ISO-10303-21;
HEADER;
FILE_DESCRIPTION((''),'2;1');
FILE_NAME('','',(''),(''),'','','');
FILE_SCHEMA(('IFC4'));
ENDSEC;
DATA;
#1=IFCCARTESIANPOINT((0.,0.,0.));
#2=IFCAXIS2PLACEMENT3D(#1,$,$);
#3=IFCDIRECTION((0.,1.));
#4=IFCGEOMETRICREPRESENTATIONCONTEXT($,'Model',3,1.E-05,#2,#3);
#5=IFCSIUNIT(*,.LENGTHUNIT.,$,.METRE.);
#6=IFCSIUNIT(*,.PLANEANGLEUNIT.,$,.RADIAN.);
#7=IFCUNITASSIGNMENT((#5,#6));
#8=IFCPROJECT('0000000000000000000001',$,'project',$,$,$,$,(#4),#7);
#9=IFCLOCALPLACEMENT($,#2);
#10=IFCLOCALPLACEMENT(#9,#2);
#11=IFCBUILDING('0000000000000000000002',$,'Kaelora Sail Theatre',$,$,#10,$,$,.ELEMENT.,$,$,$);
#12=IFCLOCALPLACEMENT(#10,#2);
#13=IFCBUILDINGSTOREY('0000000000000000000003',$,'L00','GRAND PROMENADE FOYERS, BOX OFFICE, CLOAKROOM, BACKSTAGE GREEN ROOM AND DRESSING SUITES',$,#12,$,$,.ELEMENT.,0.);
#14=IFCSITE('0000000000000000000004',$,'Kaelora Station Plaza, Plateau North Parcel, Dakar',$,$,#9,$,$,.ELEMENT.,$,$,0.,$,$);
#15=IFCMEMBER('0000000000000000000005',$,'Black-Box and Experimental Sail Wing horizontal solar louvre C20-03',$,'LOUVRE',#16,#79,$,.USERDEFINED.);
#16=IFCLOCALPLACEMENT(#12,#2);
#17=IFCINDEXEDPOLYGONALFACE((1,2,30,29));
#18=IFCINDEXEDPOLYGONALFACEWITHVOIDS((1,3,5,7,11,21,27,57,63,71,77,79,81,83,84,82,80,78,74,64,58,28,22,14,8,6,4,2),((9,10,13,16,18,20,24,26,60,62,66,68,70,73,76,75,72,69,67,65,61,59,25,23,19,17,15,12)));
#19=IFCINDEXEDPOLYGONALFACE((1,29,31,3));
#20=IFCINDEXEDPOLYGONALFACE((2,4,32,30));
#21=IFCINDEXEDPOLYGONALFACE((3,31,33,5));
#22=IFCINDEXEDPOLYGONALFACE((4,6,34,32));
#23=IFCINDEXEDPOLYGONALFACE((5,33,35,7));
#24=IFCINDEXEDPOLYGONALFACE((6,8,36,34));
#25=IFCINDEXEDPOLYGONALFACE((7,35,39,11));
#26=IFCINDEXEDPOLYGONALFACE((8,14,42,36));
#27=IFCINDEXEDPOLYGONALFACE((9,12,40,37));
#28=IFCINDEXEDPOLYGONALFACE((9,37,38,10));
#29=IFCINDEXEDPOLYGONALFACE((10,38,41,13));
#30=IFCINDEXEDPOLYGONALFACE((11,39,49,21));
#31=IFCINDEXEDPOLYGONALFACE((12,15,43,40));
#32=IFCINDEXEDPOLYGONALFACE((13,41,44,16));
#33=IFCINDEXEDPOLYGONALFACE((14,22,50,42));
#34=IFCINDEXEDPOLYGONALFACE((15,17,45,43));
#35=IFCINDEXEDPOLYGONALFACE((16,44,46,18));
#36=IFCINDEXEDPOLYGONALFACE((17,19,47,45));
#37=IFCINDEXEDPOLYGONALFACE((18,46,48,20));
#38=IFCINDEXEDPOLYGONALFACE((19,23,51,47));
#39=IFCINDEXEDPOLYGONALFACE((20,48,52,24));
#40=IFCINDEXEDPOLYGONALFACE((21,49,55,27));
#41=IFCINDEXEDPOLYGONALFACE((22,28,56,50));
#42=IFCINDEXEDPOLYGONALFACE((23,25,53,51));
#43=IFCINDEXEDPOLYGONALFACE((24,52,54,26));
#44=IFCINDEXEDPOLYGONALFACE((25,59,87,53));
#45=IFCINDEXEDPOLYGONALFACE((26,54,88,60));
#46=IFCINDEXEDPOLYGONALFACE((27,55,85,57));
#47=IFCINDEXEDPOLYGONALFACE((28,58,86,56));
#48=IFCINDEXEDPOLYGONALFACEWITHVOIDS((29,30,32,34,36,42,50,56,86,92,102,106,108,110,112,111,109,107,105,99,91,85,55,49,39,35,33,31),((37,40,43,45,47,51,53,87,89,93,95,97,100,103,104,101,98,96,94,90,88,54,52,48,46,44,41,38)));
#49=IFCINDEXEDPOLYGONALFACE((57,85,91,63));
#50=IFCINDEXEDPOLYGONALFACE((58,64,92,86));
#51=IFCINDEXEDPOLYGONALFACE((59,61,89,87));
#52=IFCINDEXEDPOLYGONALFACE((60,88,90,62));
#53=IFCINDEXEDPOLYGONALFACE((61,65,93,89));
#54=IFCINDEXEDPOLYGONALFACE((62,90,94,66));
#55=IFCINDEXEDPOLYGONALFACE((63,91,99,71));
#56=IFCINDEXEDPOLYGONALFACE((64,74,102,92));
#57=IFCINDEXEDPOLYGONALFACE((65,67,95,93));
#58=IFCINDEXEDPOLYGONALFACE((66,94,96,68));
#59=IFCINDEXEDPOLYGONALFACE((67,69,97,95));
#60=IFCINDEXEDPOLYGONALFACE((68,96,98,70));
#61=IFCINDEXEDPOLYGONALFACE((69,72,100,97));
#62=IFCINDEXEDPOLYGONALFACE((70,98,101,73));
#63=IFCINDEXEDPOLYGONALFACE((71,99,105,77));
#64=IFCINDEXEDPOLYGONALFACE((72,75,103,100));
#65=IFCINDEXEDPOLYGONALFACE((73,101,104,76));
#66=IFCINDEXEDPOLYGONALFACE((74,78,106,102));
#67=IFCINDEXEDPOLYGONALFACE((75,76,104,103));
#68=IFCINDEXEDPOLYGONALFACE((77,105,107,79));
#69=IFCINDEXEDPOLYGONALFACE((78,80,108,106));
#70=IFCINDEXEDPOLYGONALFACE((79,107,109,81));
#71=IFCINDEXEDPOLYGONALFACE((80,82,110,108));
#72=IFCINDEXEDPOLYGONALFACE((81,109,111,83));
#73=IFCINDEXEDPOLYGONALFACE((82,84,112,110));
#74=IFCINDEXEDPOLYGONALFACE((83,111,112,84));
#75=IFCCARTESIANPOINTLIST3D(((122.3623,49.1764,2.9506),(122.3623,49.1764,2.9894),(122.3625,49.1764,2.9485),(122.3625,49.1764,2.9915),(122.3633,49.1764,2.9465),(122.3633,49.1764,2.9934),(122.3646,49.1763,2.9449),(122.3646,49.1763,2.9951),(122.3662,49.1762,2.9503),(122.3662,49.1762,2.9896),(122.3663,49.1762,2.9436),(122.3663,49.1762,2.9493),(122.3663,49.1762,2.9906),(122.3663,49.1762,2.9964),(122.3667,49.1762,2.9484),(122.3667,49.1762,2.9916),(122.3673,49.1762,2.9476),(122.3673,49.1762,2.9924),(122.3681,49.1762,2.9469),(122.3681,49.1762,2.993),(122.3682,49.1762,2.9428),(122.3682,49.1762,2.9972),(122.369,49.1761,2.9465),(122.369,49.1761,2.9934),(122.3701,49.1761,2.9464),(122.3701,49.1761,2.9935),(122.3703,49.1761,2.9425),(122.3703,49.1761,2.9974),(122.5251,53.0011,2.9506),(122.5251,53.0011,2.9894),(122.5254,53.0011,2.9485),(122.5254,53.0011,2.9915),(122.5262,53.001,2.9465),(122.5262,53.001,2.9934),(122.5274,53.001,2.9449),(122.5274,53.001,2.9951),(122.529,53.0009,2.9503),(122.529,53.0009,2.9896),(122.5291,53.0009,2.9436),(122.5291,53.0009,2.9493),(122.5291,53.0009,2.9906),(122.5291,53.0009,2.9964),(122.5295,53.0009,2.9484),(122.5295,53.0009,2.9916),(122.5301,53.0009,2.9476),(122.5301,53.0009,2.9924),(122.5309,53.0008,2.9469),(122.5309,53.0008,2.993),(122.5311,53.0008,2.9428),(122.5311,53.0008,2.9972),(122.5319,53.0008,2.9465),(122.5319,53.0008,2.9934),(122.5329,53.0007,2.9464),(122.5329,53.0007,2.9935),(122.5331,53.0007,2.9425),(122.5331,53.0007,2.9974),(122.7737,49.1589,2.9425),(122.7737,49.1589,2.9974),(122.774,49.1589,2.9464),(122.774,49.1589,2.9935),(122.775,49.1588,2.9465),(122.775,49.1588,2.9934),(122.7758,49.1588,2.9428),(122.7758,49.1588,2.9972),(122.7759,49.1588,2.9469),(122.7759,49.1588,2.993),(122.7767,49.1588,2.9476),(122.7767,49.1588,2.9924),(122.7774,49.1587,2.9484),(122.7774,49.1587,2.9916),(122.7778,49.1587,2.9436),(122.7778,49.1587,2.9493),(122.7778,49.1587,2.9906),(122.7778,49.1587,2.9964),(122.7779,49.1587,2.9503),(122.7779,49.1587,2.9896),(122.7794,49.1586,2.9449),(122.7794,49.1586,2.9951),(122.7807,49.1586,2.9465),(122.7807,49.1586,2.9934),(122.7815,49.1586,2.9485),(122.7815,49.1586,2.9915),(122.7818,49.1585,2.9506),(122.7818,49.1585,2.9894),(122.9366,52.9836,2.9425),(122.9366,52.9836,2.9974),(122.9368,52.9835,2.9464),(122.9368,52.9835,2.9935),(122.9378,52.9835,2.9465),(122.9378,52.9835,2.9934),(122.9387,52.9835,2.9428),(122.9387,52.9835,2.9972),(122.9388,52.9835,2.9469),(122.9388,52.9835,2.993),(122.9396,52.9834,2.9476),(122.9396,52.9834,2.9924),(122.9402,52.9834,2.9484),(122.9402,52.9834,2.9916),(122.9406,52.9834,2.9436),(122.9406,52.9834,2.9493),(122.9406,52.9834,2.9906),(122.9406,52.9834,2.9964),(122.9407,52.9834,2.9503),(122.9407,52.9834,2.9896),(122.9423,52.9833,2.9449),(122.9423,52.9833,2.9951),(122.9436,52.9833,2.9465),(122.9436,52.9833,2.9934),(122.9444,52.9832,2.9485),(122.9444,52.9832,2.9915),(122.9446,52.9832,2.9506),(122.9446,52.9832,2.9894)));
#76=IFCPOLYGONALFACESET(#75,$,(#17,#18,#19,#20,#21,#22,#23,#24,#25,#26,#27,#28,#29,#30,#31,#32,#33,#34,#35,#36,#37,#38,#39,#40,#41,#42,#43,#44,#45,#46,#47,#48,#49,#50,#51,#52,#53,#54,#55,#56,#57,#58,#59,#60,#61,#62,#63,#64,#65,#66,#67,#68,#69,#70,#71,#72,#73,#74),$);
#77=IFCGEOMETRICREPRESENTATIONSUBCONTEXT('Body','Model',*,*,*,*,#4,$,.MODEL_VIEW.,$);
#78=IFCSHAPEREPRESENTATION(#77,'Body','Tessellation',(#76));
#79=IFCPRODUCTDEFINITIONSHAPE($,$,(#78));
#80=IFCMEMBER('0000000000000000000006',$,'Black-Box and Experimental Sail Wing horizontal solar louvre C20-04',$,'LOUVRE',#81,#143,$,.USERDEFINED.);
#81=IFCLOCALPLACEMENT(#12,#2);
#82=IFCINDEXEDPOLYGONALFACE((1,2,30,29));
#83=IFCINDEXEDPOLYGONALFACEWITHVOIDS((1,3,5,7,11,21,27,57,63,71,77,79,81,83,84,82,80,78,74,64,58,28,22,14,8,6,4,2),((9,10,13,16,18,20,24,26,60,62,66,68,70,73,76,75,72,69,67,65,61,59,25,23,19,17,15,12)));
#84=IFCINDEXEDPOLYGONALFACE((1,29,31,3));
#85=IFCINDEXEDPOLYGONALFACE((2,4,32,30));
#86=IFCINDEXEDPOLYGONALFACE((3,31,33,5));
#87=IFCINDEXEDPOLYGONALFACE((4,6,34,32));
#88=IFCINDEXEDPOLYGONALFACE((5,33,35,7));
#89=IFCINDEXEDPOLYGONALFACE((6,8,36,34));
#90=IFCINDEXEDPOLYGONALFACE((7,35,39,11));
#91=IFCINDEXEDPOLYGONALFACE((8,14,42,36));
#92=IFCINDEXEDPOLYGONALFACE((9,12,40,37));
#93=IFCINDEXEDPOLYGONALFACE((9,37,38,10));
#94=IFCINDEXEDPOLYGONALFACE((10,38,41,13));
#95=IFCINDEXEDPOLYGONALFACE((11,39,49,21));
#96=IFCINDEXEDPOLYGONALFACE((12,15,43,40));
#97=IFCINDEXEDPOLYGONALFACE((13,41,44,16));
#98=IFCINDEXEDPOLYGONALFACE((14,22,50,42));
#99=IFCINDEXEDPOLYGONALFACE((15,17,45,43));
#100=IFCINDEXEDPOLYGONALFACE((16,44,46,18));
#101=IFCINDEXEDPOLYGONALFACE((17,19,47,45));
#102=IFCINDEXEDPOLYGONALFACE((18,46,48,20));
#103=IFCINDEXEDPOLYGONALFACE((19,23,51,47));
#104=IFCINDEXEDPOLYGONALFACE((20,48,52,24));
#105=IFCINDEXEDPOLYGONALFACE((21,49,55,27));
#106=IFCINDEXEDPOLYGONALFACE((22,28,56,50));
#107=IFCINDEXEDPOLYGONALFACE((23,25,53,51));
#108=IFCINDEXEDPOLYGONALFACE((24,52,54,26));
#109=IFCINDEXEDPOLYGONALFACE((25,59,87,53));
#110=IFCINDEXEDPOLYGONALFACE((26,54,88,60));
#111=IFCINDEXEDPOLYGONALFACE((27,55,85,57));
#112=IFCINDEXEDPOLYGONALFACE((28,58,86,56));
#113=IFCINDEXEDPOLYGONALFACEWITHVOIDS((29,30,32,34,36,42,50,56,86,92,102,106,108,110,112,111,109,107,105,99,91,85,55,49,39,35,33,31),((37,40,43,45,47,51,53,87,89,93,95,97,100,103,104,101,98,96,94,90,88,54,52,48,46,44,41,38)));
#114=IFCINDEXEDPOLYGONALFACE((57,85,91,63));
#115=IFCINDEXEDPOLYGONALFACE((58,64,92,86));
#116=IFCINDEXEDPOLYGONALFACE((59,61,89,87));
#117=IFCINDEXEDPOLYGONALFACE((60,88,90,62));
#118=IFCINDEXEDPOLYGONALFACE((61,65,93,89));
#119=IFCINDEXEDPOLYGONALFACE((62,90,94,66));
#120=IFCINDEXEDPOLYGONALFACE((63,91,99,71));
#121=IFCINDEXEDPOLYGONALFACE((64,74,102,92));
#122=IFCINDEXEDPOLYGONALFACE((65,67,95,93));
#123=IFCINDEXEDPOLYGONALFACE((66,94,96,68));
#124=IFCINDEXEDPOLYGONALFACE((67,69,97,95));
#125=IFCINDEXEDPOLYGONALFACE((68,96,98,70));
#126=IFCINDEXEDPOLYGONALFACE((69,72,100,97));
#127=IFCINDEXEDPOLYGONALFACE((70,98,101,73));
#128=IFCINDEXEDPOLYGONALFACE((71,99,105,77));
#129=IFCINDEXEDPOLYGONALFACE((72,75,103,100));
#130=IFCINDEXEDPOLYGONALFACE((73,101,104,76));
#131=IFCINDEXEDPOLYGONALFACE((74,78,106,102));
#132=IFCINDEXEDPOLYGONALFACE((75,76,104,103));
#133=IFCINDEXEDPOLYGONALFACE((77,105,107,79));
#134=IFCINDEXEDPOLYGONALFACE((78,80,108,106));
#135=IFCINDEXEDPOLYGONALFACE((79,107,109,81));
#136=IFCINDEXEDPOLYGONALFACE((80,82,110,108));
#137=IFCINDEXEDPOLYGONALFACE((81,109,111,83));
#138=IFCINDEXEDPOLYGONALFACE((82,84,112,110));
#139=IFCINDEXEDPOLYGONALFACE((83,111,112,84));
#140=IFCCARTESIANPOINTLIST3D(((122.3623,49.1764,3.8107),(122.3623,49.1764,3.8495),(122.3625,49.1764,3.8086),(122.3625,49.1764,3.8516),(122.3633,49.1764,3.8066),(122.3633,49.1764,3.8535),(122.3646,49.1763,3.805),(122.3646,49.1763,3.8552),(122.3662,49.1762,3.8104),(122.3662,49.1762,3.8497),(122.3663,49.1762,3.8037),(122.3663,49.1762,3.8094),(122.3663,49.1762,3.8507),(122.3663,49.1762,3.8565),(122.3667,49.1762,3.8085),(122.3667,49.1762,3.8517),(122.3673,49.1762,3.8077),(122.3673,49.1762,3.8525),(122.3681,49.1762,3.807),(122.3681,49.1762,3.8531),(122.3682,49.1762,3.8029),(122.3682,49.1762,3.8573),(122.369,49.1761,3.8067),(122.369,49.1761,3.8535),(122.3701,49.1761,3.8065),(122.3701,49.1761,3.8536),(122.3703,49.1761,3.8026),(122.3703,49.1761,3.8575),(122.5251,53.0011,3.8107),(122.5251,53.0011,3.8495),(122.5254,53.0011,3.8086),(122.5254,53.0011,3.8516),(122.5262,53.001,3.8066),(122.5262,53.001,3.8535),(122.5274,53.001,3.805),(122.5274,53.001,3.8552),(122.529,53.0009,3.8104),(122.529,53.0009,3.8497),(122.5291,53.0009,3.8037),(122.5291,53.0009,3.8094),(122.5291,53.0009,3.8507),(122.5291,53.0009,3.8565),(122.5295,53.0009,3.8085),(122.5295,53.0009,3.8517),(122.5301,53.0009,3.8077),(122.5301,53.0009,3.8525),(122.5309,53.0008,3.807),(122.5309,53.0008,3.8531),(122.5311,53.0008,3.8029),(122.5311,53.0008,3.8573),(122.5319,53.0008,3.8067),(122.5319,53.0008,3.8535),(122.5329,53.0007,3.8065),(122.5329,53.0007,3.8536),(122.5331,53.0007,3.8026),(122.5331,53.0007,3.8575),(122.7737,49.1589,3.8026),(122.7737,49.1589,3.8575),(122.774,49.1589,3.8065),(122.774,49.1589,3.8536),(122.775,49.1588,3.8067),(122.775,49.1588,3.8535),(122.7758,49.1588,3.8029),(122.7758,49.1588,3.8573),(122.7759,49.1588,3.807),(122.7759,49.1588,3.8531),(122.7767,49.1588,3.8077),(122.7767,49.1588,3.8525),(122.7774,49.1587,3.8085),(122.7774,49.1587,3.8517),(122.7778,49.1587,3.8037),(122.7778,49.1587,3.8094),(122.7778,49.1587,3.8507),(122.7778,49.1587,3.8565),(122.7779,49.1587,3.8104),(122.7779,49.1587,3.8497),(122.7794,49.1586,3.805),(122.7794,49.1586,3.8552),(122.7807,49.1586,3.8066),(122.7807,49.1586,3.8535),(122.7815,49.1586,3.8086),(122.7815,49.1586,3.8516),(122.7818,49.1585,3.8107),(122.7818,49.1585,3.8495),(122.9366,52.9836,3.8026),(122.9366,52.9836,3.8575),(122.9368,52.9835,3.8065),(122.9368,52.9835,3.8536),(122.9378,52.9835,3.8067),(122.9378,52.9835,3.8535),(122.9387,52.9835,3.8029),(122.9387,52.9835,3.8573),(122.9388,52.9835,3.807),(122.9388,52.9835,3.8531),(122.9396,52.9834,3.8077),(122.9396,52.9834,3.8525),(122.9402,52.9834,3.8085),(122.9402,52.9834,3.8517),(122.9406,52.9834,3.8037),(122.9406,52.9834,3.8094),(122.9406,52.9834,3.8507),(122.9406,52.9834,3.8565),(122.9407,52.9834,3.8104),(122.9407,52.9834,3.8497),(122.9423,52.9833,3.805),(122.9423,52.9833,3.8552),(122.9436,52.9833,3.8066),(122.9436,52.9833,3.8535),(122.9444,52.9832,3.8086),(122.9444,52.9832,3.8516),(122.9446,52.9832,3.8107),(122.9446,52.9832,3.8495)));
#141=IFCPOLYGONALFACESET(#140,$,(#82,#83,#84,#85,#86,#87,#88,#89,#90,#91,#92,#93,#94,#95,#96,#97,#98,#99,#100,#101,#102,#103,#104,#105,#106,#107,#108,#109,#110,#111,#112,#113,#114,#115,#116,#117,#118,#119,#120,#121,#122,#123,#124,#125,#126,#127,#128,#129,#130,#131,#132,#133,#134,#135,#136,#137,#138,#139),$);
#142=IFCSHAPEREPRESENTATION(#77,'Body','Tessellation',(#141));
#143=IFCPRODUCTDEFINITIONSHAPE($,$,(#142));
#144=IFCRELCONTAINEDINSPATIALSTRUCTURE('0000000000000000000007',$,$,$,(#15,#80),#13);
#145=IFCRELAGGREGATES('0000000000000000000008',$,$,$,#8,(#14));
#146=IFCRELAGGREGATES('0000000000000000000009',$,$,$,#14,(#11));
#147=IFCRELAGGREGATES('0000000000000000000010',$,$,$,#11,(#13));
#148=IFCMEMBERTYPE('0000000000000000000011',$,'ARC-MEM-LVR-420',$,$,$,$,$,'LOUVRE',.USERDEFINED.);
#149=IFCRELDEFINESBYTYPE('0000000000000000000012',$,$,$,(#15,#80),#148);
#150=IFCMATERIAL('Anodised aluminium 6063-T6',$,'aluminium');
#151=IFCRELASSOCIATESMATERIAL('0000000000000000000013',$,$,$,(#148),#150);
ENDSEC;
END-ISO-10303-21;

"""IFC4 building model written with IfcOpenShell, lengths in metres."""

from ifc_helpers import new_model, si_unit, direction, frame, origin, origin_2d, place, context, subcontext, project, spatial, hollow_rectangle, extrude, material, material_profile, profile_set, type_object, element, save


model = new_model("IFC4")

# Units and contexts
model_context = context("Model", 3, precision=1e-05, world=origin(), true_north=direction((0.0, 1.0)))
body_context = subcontext(model_context, "Body", "Model", "MODEL_VIEW")
ifc_project = project(units=[si_unit("LENGTHUNIT", "METRE"), si_unit("PLANEANGLEUNIT", "RADIAN")], contexts=[model_context])

# Site, building, storey
site_placement = place(None, origin())
site = spatial("IfcSite", under=ifc_project, at=site_placement, Name="Kaelora Station Plaza, Plateau North Parcel, Dakar", CompositionType="ELEMENT", RefElevation=0.0)
building_placement = place(site_placement, origin())
building = spatial("IfcBuilding", under=site, at=building_placement, Name="Kaelora Sail Theatre", CompositionType="ELEMENT")
storey_placement = place(building_placement, origin())
storey = spatial("IfcBuildingStorey", under=building, at=storey_placement, Name="L00", Description="GRAND PROMENADE FOYERS, BOX OFFICE, CLOAKROOM, BACKSTAGE GREEN ROOM AND DRESSING SUITES", CompositionType="ELEMENT", Elevation=0.0)

# Members
ifc_material_1 = material(Name="Anodised aluminium 6063-T6", Category="aluminium")
ifc_material_profile_1 = material_profile(ifc_material_1, hollow_rectangle(XDim=0.4199, YDim=0.0549, WallThickness=0.0039, InnerFilletRadius=0.0039, OuterFilletRadius=0.0081, at=origin_2d()), Name="LOUVRE 420x55x4")
ifc_profile_set_1 = profile_set([ifc_material_profile_1], Name="Anodised aluminium 6063-T6")
member_type_1 = type_object("IfcMemberType", Name="ARC-MEM-LVR-420", ElementType="LOUVRE", PredefinedType="USERDEFINED", material=ifc_profile_set_1)
for number, where, z_axis, x_axis, name in (
    (1, (122.572, 49.1675, 2.97), (0.042538, 0.999095, 0.0), (-0.999095, 0.042538, 0.0), "Black-Box and Experimental Sail Wing horizontal solar louvre C20-03"),
    (2, (122.572, 49.1675, 3.8301), (0.042538, 0.999095, 0.0), (-0.999095, 0.042538, 0.0), "Black-Box and Experimental Sail Wing horizontal solar louvre C20-04"),
):
    element("IfcMember", number, at=place(storey_placement, frame(where, z_axis=z_axis, x_axis=x_axis)), inside=storey, type_object=member_type_1, Name=name, ObjectType="LOUVRE", PredefinedType="USERDEFINED", context=body_context, shape_type="SweptSolid", body=[
        extrude(hollow_rectangle(XDim=0.4199, YDim=0.0549, WallThickness=0.0039, InnerFilletRadius=0.0039, OuterFilletRadius=0.0081, at=origin_2d()), origin(), (0.0, 0.0, 1.0), 3.8281),
    ])

save(model, "model.ifc")
